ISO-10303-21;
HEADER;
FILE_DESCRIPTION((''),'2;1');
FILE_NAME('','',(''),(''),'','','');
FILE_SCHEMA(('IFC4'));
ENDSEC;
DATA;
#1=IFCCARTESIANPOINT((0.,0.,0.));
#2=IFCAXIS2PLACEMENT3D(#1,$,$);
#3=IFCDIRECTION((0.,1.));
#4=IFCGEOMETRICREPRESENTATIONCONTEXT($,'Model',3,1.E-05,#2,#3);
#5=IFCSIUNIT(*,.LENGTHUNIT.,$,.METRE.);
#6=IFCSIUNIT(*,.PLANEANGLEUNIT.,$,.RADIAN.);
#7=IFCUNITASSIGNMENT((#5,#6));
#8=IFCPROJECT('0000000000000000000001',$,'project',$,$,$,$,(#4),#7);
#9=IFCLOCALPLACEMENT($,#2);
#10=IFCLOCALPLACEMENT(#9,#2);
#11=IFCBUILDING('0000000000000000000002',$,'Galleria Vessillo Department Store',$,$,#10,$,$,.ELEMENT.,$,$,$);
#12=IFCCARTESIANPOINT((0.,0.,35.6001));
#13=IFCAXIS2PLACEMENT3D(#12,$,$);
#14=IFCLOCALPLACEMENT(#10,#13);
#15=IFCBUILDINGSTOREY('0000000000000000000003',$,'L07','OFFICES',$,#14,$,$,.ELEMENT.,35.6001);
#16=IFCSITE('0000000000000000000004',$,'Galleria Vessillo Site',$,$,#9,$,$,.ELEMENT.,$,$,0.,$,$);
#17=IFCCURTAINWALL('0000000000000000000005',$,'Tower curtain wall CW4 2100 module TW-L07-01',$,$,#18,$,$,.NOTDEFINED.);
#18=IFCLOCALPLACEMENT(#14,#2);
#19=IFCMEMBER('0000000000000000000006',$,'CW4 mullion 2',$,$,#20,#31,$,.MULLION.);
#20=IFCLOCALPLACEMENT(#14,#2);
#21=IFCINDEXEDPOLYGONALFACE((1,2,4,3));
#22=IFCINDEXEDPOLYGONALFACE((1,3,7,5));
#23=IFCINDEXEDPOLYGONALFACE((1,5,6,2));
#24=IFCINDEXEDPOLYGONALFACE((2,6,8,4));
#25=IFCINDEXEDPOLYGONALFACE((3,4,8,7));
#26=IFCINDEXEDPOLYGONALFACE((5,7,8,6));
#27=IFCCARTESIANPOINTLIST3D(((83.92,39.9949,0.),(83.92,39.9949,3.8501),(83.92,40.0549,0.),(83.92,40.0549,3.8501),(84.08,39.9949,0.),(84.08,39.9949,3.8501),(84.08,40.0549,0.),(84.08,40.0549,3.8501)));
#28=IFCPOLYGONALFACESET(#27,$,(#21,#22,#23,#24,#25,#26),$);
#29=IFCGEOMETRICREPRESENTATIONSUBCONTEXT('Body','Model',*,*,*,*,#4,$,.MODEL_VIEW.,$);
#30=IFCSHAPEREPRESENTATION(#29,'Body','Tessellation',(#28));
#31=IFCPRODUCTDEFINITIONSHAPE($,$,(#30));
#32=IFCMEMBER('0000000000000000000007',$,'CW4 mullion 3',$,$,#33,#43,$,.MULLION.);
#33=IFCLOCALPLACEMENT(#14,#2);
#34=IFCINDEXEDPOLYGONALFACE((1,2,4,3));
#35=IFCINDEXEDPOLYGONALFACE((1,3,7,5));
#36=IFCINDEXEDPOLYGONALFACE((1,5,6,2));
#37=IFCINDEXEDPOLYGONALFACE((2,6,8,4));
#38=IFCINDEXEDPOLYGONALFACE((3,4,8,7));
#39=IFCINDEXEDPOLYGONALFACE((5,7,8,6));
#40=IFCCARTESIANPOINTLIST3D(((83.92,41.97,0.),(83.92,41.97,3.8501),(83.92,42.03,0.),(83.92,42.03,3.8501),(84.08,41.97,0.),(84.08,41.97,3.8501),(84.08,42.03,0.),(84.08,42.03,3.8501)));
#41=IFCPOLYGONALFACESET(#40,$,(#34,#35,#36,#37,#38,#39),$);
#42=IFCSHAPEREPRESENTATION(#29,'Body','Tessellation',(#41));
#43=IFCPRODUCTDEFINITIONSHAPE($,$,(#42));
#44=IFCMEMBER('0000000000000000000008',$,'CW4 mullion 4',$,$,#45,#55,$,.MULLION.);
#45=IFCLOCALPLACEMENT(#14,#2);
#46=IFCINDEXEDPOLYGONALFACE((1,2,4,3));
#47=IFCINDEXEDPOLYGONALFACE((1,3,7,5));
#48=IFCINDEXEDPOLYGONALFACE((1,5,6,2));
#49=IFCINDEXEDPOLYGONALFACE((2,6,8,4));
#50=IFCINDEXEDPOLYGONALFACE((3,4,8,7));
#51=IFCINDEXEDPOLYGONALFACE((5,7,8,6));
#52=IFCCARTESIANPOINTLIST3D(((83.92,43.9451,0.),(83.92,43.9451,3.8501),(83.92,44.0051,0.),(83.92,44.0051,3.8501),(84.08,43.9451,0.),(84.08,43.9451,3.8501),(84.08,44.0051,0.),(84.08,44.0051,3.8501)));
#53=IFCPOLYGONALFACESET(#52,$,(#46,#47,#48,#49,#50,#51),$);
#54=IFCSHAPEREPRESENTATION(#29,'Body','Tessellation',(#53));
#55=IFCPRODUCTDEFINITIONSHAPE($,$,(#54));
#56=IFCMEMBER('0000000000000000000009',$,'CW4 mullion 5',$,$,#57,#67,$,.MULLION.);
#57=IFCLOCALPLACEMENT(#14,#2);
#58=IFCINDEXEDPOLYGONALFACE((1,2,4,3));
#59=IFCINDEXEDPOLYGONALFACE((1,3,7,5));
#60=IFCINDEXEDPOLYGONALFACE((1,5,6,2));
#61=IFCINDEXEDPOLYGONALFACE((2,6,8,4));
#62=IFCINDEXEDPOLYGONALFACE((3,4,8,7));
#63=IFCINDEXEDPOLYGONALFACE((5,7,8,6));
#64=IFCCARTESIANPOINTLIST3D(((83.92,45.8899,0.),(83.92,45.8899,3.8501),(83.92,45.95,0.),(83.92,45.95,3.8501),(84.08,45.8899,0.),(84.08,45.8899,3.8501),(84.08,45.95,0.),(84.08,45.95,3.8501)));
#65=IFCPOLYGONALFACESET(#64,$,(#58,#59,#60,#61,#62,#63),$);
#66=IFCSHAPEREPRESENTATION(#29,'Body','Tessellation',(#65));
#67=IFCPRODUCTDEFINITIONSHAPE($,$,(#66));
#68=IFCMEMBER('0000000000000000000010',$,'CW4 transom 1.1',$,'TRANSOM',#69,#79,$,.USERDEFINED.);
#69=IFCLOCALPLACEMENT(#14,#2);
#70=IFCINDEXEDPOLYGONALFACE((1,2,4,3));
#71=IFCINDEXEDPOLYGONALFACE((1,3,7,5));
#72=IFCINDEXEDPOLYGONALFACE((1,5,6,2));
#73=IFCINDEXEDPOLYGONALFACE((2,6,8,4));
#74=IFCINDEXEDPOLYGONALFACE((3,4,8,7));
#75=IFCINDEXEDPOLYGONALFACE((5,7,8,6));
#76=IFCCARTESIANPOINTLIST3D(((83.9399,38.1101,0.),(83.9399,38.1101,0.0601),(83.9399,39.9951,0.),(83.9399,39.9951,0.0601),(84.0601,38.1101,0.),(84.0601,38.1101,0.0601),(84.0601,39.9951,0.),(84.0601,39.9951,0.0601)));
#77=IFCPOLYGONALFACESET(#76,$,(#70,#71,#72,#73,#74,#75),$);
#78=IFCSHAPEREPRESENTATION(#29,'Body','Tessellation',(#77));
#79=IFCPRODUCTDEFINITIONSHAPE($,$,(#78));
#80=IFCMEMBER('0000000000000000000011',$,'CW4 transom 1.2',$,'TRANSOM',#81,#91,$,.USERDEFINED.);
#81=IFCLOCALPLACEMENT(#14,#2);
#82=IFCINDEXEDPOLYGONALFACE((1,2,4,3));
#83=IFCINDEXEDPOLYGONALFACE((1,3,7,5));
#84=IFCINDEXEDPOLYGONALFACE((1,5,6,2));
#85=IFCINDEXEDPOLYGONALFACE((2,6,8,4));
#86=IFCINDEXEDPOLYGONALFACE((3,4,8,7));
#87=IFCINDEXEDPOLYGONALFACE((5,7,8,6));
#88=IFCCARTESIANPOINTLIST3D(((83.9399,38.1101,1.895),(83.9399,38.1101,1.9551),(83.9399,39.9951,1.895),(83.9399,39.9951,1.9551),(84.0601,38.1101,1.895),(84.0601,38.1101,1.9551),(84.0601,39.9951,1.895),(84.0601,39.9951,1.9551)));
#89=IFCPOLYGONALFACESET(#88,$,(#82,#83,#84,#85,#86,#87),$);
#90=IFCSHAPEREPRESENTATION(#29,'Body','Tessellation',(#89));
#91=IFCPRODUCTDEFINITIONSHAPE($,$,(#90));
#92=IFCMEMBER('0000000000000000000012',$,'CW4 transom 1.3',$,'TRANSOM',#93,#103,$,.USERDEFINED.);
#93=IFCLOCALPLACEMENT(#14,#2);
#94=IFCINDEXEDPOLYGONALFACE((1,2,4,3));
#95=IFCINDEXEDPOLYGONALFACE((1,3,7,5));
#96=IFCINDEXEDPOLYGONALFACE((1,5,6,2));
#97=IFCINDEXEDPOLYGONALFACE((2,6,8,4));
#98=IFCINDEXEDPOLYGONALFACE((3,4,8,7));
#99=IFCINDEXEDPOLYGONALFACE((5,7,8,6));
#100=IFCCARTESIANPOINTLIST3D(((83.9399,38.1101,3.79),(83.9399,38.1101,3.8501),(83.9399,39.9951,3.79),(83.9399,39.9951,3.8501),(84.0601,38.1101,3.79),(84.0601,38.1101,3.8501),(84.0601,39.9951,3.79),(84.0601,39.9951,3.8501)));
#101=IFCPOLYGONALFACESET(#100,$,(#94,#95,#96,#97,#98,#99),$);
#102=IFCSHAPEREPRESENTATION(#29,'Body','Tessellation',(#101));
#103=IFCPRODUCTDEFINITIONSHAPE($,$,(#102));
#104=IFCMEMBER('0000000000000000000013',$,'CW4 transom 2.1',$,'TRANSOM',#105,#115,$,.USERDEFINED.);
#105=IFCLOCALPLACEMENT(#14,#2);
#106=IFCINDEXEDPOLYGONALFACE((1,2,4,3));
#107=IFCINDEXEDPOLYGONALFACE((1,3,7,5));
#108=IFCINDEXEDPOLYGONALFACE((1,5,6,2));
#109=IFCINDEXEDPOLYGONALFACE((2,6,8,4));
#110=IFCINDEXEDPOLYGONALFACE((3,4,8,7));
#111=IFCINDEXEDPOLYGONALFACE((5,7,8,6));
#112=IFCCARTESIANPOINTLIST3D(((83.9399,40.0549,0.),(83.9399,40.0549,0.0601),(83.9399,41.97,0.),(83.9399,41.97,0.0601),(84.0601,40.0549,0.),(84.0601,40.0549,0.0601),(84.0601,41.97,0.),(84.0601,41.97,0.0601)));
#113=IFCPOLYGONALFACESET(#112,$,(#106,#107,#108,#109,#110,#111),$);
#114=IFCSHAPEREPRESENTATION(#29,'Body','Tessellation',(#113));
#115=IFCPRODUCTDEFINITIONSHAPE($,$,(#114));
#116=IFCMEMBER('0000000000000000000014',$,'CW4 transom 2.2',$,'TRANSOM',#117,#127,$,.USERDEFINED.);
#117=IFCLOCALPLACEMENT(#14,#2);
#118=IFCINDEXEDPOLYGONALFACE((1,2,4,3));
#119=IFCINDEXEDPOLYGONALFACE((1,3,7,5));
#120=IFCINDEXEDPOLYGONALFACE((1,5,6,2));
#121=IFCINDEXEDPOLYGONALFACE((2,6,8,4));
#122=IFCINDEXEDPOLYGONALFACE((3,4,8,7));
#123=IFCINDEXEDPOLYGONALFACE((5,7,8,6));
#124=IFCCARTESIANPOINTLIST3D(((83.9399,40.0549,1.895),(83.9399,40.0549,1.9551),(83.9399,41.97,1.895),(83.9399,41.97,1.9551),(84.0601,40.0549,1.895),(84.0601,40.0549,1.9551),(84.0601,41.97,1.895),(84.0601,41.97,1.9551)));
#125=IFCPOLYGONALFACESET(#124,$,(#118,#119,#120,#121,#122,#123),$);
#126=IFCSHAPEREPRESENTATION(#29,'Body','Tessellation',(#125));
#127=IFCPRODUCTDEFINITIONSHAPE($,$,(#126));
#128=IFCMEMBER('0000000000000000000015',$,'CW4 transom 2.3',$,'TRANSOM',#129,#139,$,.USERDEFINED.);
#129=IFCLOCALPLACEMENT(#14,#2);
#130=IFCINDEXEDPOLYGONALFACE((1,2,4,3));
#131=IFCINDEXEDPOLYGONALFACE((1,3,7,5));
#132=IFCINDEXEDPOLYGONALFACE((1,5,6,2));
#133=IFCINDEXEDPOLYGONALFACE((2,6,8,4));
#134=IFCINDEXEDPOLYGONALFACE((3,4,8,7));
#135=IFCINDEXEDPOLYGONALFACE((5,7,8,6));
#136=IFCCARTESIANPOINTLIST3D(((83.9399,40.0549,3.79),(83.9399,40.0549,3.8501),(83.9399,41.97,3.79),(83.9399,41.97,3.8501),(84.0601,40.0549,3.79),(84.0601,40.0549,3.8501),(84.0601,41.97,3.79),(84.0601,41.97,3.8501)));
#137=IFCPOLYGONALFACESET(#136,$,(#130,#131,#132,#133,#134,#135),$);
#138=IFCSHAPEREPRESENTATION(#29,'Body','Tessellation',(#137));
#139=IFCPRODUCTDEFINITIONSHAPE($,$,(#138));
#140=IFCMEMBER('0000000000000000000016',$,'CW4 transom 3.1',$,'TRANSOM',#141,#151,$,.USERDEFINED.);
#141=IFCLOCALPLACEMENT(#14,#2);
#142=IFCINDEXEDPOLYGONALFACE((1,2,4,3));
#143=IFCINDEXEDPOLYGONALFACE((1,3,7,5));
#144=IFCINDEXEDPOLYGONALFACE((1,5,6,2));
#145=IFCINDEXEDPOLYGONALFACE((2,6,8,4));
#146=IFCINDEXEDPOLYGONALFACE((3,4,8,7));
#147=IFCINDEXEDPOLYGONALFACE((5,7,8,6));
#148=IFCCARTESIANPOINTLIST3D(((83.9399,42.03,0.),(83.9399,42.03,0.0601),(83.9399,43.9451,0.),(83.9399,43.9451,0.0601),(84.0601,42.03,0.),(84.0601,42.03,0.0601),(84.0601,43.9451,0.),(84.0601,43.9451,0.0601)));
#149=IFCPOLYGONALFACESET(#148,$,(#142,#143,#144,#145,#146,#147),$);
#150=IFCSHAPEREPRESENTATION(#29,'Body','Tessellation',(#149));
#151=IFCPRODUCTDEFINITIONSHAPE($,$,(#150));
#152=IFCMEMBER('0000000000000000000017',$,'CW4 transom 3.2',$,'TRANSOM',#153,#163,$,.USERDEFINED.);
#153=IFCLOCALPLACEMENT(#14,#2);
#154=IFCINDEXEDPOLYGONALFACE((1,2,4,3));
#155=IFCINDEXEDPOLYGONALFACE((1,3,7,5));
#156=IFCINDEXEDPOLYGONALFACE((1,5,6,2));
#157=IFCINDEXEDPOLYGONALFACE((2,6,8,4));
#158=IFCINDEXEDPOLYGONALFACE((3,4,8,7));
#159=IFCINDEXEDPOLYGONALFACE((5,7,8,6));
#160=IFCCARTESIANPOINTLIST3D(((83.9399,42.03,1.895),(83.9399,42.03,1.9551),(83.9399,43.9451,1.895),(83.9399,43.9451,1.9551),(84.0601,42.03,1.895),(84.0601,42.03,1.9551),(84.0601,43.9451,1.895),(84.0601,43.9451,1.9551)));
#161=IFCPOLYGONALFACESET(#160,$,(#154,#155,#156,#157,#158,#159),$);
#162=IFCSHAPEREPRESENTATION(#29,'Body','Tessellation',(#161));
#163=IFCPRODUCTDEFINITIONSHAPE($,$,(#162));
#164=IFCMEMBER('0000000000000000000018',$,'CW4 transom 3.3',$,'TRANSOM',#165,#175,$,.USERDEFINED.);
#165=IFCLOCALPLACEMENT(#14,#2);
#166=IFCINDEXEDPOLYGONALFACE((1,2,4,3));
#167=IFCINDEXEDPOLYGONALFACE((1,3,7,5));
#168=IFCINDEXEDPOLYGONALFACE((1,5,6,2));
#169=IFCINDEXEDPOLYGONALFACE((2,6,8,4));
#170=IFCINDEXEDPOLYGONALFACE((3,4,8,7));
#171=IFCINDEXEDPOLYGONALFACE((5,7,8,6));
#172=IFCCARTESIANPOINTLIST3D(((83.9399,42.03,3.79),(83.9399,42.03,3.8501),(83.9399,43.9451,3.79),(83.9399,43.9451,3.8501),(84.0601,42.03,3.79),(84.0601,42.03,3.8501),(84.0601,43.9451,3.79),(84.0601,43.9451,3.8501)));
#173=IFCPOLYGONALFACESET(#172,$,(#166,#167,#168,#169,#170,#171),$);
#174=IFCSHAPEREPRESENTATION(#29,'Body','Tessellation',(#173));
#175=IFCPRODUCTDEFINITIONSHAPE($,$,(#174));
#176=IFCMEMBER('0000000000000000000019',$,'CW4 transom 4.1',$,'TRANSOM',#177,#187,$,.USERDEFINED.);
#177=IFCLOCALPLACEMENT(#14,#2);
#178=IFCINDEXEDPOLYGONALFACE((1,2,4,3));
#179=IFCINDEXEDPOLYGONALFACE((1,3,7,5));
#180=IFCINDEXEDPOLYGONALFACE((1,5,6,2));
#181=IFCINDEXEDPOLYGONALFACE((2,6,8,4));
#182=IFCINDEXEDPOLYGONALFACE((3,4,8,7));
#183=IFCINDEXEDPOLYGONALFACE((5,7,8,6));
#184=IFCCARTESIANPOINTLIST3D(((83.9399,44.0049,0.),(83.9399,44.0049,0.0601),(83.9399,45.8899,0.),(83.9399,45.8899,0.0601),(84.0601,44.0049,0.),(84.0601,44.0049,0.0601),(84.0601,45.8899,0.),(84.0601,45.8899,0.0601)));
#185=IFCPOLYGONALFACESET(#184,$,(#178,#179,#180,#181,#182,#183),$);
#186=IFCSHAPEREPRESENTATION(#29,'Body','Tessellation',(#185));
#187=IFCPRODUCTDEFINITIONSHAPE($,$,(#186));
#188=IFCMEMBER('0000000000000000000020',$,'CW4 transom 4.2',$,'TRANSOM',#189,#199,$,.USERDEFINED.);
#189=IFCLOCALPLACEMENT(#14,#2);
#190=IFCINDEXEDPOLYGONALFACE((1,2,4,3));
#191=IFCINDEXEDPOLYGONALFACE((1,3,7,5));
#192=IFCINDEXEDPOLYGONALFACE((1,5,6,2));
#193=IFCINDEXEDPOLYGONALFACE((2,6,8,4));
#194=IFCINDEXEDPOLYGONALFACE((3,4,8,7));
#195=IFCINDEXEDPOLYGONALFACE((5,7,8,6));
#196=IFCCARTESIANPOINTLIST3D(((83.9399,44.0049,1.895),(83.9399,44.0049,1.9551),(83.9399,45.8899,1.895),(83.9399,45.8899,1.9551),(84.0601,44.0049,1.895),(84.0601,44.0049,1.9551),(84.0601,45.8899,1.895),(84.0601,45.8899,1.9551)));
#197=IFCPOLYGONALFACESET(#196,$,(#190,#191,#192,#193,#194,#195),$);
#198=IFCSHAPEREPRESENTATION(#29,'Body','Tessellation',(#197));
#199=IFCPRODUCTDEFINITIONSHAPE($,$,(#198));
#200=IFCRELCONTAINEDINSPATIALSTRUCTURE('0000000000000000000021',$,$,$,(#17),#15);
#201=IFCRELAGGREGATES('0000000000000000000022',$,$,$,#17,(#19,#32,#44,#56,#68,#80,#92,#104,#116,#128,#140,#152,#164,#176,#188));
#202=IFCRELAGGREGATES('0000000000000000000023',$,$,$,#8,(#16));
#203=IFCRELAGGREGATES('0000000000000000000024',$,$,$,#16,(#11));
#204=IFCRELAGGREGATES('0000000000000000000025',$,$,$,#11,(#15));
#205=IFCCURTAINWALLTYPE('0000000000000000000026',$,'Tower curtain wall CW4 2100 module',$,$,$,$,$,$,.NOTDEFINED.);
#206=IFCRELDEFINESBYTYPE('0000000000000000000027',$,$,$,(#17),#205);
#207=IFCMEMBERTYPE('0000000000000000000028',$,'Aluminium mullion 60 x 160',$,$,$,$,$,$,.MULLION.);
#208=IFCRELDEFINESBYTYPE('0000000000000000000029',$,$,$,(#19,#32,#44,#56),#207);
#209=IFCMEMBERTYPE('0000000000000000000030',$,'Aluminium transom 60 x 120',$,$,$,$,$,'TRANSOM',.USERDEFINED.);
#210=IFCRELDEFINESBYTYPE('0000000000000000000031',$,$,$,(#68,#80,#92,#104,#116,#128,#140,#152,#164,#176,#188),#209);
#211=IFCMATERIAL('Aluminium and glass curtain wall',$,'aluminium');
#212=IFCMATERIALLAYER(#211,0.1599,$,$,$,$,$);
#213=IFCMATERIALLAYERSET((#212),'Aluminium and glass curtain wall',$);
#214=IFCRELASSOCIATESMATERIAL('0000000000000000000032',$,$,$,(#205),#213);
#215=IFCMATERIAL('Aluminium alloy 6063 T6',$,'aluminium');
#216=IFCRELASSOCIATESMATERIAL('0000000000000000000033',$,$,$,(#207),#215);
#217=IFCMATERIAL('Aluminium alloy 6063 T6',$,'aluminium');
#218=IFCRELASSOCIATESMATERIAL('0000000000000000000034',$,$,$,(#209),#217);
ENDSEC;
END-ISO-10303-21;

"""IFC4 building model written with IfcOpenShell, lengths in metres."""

from ifc_helpers import new_model, si_unit, direction, frame, origin, origin_2d, place, context, subcontext, project, spatial, rectangle, extrude, material, layer, layer_set, material_profile, profile_set, type_object, element, aggregate, save


model = new_model("IFC4")

# Units and contexts
model_context = context("Model", 3, precision=1e-05, world=origin(), true_north=direction((0.0, 1.0)))
body_context = subcontext(model_context, "Body", "Model", "MODEL_VIEW")
ifc_project = project(units=[si_unit("LENGTHUNIT", "METRE"), si_unit("PLANEANGLEUNIT", "RADIAN")], contexts=[model_context])

# Site, building, storey
site_placement = place(None, origin())
site = spatial("IfcSite", under=ifc_project, at=site_placement, Name="Galleria Vessillo Site", CompositionType="ELEMENT", RefElevation=0.0)
building_placement = place(site_placement, origin())
building = spatial("IfcBuilding", under=site, at=building_placement, Name="Galleria Vessillo Department Store", CompositionType="ELEMENT")
storey_placement = place(building_placement, frame((0.0, 0.0, 35.6001)))
storey = spatial("IfcBuildingStorey", under=building, at=storey_placement, Name="L07", Description="OFFICES", CompositionType="ELEMENT", Elevation=35.6001)

# Curtain wall, members
ifc_material_1 = material(Name="Aluminium and glass curtain wall", Category="aluminium")
ifc_layer_1 = layer(ifc_material_1, 0.1599)
ifc_layer_set_1 = layer_set([ifc_layer_1], Name="Aluminium and glass curtain wall")
curtain_wall_type = type_object("IfcCurtainWallType", Name="Tower curtain wall CW4 2100 module", PredefinedType="NOTDEFINED", material=ifc_layer_set_1)
curtain_wall_placement = place(storey_placement, origin())
curtain_wall = element("IfcCurtainWall", 1, at=curtain_wall_placement, inside=storey, type_object=curtain_wall_type, Name="Tower curtain wall CW4 2100 module TW-L07-01", PredefinedType="NOTDEFINED")
ifc_material_2 = material(Name="Aluminium alloy 6063 T6", Category="aluminium")
ifc_material_profile_1 = material_profile(ifc_material_2, rectangle(XDim=0.1599, YDim=0.0601, at=origin_2d()), Name="AL 60x160")
ifc_profile_set_1 = profile_set([ifc_material_profile_1], Name="Aluminium alloy 6063 T6")
member_type_1 = type_object("IfcMemberType", Name="Aluminium mullion 60 x 160", PredefinedType="MULLION", material=ifc_profile_set_1)
member_1_placement = place(storey_placement, frame((84.0, 40.0249, 0.0), z_axis=(0.0, 0.0, 1.0), x_axis=(-1.0, 0.0, 0.0)))
member_1 = element("IfcMember", 2, at=member_1_placement, type_object=member_type_1, Name="CW4 mullion 2", PredefinedType="MULLION", context=body_context, shape_type="SweptSolid", body=[
    extrude(rectangle(XDim=0.1599, YDim=0.0601, at=origin_2d()), origin(), (0.0, 0.0, 1.0), 3.8501),
])
member_2_placement = place(storey_placement, frame((84.0, 42.0, 0.0), z_axis=(0.0, 0.0, 1.0), x_axis=(-1.0, 0.0, 0.0)))
member_2 = element("IfcMember", 3, at=member_2_placement, type_object=member_type_1, Name="CW4 mullion 3", PredefinedType="MULLION", context=body_context, shape_type="SweptSolid", body=[
    extrude(rectangle(XDim=0.1599, YDim=0.0601, at=origin_2d()), origin(), (0.0, 0.0, 1.0), 3.8501),
])
member_3_placement = place(storey_placement, frame((84.0, 43.9751, 0.0), z_axis=(0.0, 0.0, 1.0), x_axis=(-1.0, 0.0, 0.0)))
member_3 = element("IfcMember", 4, at=member_3_placement, type_object=member_type_1, Name="CW4 mullion 4", PredefinedType="MULLION", context=body_context, shape_type="SweptSolid", body=[
    extrude(rectangle(XDim=0.1599, YDim=0.0601, at=origin_2d()), origin(), (0.0, 0.0, 1.0), 3.8501),
])
member_4_placement = place(storey_placement, frame((84.0, 45.9199, 0.0), z_axis=(0.0, 0.0, 1.0), x_axis=(-1.0, 0.0, 0.0)))
member_4 = element("IfcMember", 5, at=member_4_placement, type_object=member_type_1, Name="CW4 mullion 5", PredefinedType="MULLION", context=body_context, shape_type="SweptSolid", body=[
    extrude(rectangle(XDim=0.1599, YDim=0.0601, at=origin_2d()), origin(), (0.0, 0.0, 1.0), 3.8501),
])
ifc_material_3 = material(Name="Aluminium alloy 6063 T6", Category="aluminium")
ifc_material_profile_2 = material_profile(ifc_material_3, rectangle(XDim=0.1201, YDim=0.0601, at=origin_2d()), Name="AL 60x120")
ifc_profile_set_2 = profile_set([ifc_material_profile_2], Name="Aluminium alloy 6063 T6")
member_type_2 = type_object("IfcMemberType", Name="Aluminium transom 60 x 120", ElementType="TRANSOM", PredefinedType="USERDEFINED", material=ifc_profile_set_2)
member_5_placement = place(storey_placement, frame((84.0, 38.1101, 0.03), z_axis=(0.0, 1.0, 0.0), x_axis=(-1.0, 0.0, 0.0)))
member_5 = element("IfcMember", 6, at=member_5_placement, type_object=member_type_2, Name="CW4 transom 1.1", ObjectType="TRANSOM", PredefinedType="USERDEFINED", context=body_context, shape_type="SweptSolid", body=[
    extrude(rectangle(XDim=0.1201, YDim=0.0601, at=origin_2d()), origin(), (0.0, 0.0, 1.0), 1.885),
])
member_6_placement = place(storey_placement, frame((84.0, 38.1101, 1.925), z_axis=(0.0, 1.0, 0.0), x_axis=(-1.0, 0.0, 0.0)))
member_6 = element("IfcMember", 7, at=member_6_placement, type_object=member_type_2, Name="CW4 transom 1.2", ObjectType="TRANSOM", PredefinedType="USERDEFINED", context=body_context, shape_type="SweptSolid", body=[
    extrude(rectangle(XDim=0.1201, YDim=0.0601, at=origin_2d()), origin(), (0.0, 0.0, 1.0), 1.885),
])
member_7_placement = place(storey_placement, frame((84.0, 38.1101, 3.8201), z_axis=(0.0, 1.0, 0.0), x_axis=(-1.0, 0.0, 0.0)))
member_7 = element("IfcMember", 8, at=member_7_placement, type_object=member_type_2, Name="CW4 transom 1.3", ObjectType="TRANSOM", PredefinedType="USERDEFINED", context=body_context, shape_type="SweptSolid", body=[
    extrude(rectangle(XDim=0.1201, YDim=0.0601, at=origin_2d()), origin(), (0.0, 0.0, 1.0), 1.885),
])
member_8_placement = place(storey_placement, frame((84.0, 40.0549, 0.03), z_axis=(0.0, 1.0, 0.0), x_axis=(-1.0, 0.0, 0.0)))
member_8 = element("IfcMember", 9, at=member_8_placement, type_object=member_type_2, Name="CW4 transom 2.1", ObjectType="TRANSOM", PredefinedType="USERDEFINED", context=body_context, shape_type="SweptSolid", body=[
    extrude(rectangle(XDim=0.1201, YDim=0.0601, at=origin_2d()), origin(), (0.0, 0.0, 1.0), 1.915),
])
member_9_placement = place(storey_placement, frame((84.0, 40.0549, 1.925), z_axis=(0.0, 1.0, 0.0), x_axis=(-1.0, 0.0, 0.0)))
member_9 = element("IfcMember", 10, at=member_9_placement, type_object=member_type_2, Name="CW4 transom 2.2", ObjectType="TRANSOM", PredefinedType="USERDEFINED", context=body_context, shape_type="SweptSolid", body=[
    extrude(rectangle(XDim=0.1201, YDim=0.0601, at=origin_2d()), origin(), (0.0, 0.0, 1.0), 1.915),
])
member_10_placement = place(storey_placement, frame((84.0, 40.0549, 3.8201), z_axis=(0.0, 1.0, 0.0), x_axis=(-1.0, 0.0, 0.0)))
member_10 = element("IfcMember", 11, at=member_10_placement, type_object=member_type_2, Name="CW4 transom 2.3", ObjectType="TRANSOM", PredefinedType="USERDEFINED", context=body_context, shape_type="SweptSolid", body=[
    extrude(rectangle(XDim=0.1201, YDim=0.0601, at=origin_2d()), origin(), (0.0, 0.0, 1.0), 1.915),
])
member_11_placement = place(storey_placement, frame((84.0, 42.03, 0.03), z_axis=(0.0, 1.0, 0.0), x_axis=(-1.0, 0.0, 0.0)))
member_11 = element("IfcMember", 12, at=member_11_placement, type_object=member_type_2, Name="CW4 transom 3.1", ObjectType="TRANSOM", PredefinedType="USERDEFINED", context=body_context, shape_type="SweptSolid", body=[
    extrude(rectangle(XDim=0.1201, YDim=0.0601, at=origin_2d()), origin(), (0.0, 0.0, 1.0), 1.915),
])
member_12_placement = place(storey_placement, frame((84.0, 42.03, 1.925), z_axis=(0.0, 1.0, 0.0), x_axis=(-1.0, 0.0, 0.0)))
member_12 = element("IfcMember", 13, at=member_12_placement, type_object=member_type_2, Name="CW4 transom 3.2", ObjectType="TRANSOM", PredefinedType="USERDEFINED", context=body_context, shape_type="SweptSolid", body=[
    extrude(rectangle(XDim=0.1201, YDim=0.0601, at=origin_2d()), origin(), (0.0, 0.0, 1.0), 1.915),
])
member_13_placement = place(storey_placement, frame((84.0, 42.03, 3.8201), z_axis=(0.0, 1.0, 0.0), x_axis=(-1.0, 0.0, 0.0)))
member_13 = element("IfcMember", 14, at=member_13_placement, type_object=member_type_2, Name="CW4 transom 3.3", ObjectType="TRANSOM", PredefinedType="USERDEFINED", context=body_context, shape_type="SweptSolid", body=[
    extrude(rectangle(XDim=0.1201, YDim=0.0601, at=origin_2d()), origin(), (0.0, 0.0, 1.0), 1.915),
])
member_14_placement = place(storey_placement, frame((84.0, 44.0049, 0.03), z_axis=(0.0, 1.0, 0.0), x_axis=(-1.0, 0.0, 0.0)))
member_14 = element("IfcMember", 15, at=member_14_placement, type_object=member_type_2, Name="CW4 transom 4.1", ObjectType="TRANSOM", PredefinedType="USERDEFINED", context=body_context, shape_type="SweptSolid", body=[
    extrude(rectangle(XDim=0.1201, YDim=0.0601, at=origin_2d()), origin(), (0.0, 0.0, 1.0), 1.885),
])
member_15_placement = place(storey_placement, frame((84.0, 44.0049, 1.925), z_axis=(0.0, 1.0, 0.0), x_axis=(-1.0, 0.0, 0.0)))
member_15 = element("IfcMember", 16, at=member_15_placement, type_object=member_type_2, Name="CW4 transom 4.2", ObjectType="TRANSOM", PredefinedType="USERDEFINED", context=body_context, shape_type="SweptSolid", body=[
    extrude(rectangle(XDim=0.1201, YDim=0.0601, at=origin_2d()), origin(), (0.0, 0.0, 1.0), 1.885),
])
aggregate(curtain_wall, [member_1, member_2, member_3, member_4, member_5, member_6, member_7, member_8, member_9, member_10, member_11, member_12, member_13, member_14, member_15])

save(model, "model.ifc")
